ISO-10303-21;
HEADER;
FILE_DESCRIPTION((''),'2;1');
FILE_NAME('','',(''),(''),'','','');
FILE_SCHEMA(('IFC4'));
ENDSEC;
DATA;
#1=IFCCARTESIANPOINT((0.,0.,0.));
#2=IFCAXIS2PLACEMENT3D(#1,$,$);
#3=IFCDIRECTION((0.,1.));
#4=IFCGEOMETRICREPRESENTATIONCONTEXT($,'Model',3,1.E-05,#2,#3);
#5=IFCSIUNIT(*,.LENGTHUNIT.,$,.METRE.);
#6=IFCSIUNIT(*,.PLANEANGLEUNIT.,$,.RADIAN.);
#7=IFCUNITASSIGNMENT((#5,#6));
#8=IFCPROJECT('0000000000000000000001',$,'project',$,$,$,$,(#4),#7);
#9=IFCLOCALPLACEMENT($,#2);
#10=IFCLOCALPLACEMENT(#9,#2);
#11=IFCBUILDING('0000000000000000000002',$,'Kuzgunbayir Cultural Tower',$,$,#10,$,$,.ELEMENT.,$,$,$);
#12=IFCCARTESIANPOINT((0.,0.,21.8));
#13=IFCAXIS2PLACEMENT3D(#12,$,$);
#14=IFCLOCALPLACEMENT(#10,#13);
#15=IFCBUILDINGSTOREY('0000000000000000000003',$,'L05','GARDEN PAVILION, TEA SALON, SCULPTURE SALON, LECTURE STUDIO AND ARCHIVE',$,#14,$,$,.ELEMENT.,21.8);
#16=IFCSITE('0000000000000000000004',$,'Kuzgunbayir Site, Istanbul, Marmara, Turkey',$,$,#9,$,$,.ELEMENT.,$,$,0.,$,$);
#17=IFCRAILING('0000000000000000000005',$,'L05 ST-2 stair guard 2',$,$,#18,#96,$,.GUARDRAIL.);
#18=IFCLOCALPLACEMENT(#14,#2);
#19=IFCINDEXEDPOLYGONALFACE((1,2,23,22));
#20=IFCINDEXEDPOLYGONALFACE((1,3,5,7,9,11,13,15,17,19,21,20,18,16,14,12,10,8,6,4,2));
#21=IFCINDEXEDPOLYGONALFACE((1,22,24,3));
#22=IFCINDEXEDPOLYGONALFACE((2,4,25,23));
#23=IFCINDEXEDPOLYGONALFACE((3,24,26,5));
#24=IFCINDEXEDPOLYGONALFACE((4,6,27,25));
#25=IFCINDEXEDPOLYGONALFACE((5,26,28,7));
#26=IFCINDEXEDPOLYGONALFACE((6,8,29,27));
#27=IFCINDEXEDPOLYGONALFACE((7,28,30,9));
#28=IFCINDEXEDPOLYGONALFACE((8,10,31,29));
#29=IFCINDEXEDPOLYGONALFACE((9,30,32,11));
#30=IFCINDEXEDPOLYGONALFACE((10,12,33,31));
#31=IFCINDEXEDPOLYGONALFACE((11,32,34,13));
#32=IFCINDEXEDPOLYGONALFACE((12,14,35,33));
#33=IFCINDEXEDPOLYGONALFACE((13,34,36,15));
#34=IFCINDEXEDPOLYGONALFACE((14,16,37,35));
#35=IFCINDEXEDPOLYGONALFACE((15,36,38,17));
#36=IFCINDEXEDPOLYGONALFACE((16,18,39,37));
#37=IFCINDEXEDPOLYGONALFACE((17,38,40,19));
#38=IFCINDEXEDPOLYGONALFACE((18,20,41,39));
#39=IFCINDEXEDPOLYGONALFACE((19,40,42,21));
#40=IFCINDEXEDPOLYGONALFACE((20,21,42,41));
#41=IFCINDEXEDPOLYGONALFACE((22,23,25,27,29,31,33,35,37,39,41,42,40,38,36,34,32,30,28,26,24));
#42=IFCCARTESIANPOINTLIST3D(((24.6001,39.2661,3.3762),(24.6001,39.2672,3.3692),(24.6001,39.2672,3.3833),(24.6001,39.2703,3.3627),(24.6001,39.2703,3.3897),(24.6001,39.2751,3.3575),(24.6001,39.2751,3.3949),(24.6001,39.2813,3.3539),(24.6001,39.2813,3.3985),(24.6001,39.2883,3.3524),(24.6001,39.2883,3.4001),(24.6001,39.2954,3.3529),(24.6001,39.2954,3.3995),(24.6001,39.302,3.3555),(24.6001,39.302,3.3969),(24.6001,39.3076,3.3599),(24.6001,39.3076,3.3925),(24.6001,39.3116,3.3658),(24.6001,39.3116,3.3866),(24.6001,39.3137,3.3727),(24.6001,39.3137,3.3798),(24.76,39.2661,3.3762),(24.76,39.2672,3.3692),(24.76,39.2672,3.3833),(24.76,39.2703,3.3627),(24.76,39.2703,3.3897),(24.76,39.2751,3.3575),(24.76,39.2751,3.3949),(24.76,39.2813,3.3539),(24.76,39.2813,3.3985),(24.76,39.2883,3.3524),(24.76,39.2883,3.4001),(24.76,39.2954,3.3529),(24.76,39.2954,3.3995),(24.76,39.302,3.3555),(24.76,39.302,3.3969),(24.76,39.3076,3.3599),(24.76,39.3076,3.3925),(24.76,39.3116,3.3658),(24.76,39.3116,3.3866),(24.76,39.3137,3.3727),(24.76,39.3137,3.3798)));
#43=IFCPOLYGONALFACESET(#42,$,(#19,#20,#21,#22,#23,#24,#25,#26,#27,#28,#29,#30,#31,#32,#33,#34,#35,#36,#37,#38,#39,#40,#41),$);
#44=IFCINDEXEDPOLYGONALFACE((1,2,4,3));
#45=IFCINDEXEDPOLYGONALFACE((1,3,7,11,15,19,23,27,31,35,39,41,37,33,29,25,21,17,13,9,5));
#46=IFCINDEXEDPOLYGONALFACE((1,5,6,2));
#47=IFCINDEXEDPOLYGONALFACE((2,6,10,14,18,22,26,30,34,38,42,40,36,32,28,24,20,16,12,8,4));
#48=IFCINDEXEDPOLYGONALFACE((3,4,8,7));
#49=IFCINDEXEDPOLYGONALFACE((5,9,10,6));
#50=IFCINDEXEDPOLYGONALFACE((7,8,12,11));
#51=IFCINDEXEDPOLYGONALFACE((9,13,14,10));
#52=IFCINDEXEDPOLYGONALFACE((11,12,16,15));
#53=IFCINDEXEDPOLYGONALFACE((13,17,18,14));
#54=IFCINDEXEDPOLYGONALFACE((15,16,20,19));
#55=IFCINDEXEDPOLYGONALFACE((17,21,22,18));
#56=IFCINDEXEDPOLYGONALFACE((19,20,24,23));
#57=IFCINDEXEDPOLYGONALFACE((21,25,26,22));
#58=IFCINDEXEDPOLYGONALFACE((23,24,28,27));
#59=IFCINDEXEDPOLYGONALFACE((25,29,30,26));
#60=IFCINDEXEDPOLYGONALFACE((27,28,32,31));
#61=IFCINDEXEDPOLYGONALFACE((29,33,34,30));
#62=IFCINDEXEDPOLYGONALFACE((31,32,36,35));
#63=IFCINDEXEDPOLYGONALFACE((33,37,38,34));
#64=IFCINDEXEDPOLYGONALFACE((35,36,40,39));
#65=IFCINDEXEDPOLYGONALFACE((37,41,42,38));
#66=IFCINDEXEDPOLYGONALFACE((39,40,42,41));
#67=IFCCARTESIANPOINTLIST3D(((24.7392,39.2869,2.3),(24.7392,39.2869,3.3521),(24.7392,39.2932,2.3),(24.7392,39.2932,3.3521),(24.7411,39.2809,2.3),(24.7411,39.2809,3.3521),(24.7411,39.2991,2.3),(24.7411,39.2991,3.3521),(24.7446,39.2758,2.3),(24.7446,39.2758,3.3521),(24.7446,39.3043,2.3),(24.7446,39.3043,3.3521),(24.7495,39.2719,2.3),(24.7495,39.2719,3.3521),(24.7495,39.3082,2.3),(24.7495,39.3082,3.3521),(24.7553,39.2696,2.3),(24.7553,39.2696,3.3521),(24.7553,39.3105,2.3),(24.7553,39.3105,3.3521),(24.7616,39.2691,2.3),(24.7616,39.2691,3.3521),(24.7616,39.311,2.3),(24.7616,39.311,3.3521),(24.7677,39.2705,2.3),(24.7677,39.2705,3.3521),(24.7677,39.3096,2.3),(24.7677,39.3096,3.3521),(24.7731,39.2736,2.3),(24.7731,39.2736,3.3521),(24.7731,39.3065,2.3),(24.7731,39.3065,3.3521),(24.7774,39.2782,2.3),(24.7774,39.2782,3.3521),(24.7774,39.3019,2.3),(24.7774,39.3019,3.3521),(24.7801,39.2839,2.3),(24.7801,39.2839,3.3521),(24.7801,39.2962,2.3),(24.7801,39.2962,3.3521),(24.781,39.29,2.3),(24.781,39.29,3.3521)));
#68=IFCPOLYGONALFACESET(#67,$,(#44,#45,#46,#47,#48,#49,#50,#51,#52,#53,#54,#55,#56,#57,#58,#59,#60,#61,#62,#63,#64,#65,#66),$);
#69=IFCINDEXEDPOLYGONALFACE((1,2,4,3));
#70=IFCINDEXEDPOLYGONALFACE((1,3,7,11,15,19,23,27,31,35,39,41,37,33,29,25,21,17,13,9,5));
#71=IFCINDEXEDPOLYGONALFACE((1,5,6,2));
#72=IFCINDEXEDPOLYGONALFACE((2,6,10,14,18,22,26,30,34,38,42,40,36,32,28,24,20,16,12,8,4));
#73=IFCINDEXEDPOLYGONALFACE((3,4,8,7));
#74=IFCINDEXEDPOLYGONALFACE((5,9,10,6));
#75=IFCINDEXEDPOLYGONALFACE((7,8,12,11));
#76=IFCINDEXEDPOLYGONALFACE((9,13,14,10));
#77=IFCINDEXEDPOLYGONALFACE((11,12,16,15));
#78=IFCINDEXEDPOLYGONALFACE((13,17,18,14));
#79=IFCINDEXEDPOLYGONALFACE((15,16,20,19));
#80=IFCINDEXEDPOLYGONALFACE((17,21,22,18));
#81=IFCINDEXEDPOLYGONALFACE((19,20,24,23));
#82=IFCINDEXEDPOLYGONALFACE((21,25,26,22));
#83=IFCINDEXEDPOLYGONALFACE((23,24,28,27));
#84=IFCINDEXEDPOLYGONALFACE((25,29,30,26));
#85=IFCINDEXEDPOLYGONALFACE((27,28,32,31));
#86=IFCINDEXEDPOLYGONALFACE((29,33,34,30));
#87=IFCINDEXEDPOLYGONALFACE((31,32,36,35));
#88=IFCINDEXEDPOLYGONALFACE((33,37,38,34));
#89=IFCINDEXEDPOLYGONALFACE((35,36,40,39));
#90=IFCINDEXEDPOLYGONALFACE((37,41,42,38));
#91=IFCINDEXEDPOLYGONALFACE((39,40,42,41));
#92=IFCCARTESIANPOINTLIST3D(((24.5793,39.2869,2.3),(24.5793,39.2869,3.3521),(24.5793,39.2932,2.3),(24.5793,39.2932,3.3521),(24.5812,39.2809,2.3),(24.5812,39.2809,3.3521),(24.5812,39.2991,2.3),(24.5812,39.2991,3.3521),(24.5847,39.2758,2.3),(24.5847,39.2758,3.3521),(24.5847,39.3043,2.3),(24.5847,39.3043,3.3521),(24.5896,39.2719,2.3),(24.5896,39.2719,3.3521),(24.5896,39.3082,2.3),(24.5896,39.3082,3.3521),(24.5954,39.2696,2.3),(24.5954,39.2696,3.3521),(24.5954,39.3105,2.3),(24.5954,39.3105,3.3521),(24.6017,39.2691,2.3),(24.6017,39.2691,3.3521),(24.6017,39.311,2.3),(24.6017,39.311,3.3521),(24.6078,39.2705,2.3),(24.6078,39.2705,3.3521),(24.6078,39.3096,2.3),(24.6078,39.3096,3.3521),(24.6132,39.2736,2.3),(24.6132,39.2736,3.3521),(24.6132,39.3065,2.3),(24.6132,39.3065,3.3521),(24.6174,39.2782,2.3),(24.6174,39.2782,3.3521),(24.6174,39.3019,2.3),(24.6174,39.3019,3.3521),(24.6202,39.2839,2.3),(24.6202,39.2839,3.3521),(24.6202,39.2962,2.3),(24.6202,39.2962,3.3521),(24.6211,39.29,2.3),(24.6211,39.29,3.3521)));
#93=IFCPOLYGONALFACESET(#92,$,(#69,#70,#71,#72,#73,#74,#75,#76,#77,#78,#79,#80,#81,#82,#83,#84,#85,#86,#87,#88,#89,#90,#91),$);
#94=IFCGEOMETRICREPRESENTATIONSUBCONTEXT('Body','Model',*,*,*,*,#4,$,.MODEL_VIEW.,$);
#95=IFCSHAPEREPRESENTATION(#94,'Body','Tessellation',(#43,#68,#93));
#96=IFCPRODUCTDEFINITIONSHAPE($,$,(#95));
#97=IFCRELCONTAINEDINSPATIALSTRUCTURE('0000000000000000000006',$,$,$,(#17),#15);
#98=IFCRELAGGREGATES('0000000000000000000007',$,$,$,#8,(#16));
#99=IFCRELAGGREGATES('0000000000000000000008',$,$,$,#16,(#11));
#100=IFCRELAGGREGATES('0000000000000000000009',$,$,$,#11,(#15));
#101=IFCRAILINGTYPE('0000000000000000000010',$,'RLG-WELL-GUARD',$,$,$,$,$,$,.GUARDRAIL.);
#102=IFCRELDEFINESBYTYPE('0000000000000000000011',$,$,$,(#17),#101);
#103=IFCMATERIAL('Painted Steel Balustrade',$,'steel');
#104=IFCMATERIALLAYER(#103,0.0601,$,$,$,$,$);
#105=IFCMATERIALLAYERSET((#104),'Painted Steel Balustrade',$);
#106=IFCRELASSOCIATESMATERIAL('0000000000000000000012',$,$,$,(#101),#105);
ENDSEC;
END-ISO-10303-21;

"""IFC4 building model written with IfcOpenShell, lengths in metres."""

from ifc_helpers import new_model, si_unit, direction, frame, origin, origin_2d, place, context, subcontext, project, spatial, circle, extrude, material, layer, layer_set, type_object, element, save


model = new_model("IFC4")

# Units and contexts
model_context = context("Model", 3, precision=1e-05, world=origin(), true_north=direction((0.0, 1.0)))
body_context = subcontext(model_context, "Body", "Model", "MODEL_VIEW")
ifc_project = project(units=[si_unit("LENGTHUNIT", "METRE"), si_unit("PLANEANGLEUNIT", "RADIAN")], contexts=[model_context])

# Site, building, storey
site_placement = place(None, origin())
site = spatial("IfcSite", under=ifc_project, at=site_placement, Name="Kuzgunbayir Site, Istanbul, Marmara, Turkey", CompositionType="ELEMENT", RefElevation=0.0)
building_placement = place(site_placement, origin())
building = spatial("IfcBuilding", under=site, at=building_placement, Name="Kuzgunbayir Cultural Tower", CompositionType="ELEMENT")
storey_placement = place(building_placement, frame((0.0, 0.0, 21.8)))
storey = spatial("IfcBuildingStorey", under=building, at=storey_placement, Name="L05", Description="GARDEN PAVILION, TEA SALON, SCULPTURE SALON, LECTURE STUDIO AND ARCHIVE", CompositionType="ELEMENT", Elevation=21.8)

# Railing
ifc_material_1 = material(Name="Painted Steel Balustrade", Category="steel")
ifc_layer_1 = layer(ifc_material_1, 0.0601)
ifc_layer_set_1 = layer_set([ifc_layer_1], Name="Painted Steel Balustrade")
railing_type_1 = type_object("IfcRailingType", Name="RLG-WELL-GUARD", PredefinedType="GUARDRAIL", material=ifc_layer_set_1)
railing_1_placement = place(storey_placement, frame((24.76, 39.29, 2.3)))
element("IfcRailing", 1, at=railing_1_placement, inside=storey, type_object=railing_type_1, Name="L05 ST-2 stair guard 2", PredefinedType="GUARDRAIL", context=body_context, shape_type="SweptSolid", body=[
    extrude(circle(Radius=0.0239, at=origin_2d()), frame((0.0, 0.0, 1.0762), z_axis=(-1.0, 0.0, 0.0), x_axis=(0.0, -1.0, 0.0)), (0.0, 0.0, 1.0), 0.1599),
    extrude(circle(Radius=0.021, at=origin_2d()), origin(), (0.0, 0.0, 1.0), 1.052),
    extrude(circle(Radius=0.021, at=origin_2d()), frame((-0.1599, 0.0, 0.0)), (0.0, 0.0, 1.0), 1.052),
])

save(model, "model.ifc")
